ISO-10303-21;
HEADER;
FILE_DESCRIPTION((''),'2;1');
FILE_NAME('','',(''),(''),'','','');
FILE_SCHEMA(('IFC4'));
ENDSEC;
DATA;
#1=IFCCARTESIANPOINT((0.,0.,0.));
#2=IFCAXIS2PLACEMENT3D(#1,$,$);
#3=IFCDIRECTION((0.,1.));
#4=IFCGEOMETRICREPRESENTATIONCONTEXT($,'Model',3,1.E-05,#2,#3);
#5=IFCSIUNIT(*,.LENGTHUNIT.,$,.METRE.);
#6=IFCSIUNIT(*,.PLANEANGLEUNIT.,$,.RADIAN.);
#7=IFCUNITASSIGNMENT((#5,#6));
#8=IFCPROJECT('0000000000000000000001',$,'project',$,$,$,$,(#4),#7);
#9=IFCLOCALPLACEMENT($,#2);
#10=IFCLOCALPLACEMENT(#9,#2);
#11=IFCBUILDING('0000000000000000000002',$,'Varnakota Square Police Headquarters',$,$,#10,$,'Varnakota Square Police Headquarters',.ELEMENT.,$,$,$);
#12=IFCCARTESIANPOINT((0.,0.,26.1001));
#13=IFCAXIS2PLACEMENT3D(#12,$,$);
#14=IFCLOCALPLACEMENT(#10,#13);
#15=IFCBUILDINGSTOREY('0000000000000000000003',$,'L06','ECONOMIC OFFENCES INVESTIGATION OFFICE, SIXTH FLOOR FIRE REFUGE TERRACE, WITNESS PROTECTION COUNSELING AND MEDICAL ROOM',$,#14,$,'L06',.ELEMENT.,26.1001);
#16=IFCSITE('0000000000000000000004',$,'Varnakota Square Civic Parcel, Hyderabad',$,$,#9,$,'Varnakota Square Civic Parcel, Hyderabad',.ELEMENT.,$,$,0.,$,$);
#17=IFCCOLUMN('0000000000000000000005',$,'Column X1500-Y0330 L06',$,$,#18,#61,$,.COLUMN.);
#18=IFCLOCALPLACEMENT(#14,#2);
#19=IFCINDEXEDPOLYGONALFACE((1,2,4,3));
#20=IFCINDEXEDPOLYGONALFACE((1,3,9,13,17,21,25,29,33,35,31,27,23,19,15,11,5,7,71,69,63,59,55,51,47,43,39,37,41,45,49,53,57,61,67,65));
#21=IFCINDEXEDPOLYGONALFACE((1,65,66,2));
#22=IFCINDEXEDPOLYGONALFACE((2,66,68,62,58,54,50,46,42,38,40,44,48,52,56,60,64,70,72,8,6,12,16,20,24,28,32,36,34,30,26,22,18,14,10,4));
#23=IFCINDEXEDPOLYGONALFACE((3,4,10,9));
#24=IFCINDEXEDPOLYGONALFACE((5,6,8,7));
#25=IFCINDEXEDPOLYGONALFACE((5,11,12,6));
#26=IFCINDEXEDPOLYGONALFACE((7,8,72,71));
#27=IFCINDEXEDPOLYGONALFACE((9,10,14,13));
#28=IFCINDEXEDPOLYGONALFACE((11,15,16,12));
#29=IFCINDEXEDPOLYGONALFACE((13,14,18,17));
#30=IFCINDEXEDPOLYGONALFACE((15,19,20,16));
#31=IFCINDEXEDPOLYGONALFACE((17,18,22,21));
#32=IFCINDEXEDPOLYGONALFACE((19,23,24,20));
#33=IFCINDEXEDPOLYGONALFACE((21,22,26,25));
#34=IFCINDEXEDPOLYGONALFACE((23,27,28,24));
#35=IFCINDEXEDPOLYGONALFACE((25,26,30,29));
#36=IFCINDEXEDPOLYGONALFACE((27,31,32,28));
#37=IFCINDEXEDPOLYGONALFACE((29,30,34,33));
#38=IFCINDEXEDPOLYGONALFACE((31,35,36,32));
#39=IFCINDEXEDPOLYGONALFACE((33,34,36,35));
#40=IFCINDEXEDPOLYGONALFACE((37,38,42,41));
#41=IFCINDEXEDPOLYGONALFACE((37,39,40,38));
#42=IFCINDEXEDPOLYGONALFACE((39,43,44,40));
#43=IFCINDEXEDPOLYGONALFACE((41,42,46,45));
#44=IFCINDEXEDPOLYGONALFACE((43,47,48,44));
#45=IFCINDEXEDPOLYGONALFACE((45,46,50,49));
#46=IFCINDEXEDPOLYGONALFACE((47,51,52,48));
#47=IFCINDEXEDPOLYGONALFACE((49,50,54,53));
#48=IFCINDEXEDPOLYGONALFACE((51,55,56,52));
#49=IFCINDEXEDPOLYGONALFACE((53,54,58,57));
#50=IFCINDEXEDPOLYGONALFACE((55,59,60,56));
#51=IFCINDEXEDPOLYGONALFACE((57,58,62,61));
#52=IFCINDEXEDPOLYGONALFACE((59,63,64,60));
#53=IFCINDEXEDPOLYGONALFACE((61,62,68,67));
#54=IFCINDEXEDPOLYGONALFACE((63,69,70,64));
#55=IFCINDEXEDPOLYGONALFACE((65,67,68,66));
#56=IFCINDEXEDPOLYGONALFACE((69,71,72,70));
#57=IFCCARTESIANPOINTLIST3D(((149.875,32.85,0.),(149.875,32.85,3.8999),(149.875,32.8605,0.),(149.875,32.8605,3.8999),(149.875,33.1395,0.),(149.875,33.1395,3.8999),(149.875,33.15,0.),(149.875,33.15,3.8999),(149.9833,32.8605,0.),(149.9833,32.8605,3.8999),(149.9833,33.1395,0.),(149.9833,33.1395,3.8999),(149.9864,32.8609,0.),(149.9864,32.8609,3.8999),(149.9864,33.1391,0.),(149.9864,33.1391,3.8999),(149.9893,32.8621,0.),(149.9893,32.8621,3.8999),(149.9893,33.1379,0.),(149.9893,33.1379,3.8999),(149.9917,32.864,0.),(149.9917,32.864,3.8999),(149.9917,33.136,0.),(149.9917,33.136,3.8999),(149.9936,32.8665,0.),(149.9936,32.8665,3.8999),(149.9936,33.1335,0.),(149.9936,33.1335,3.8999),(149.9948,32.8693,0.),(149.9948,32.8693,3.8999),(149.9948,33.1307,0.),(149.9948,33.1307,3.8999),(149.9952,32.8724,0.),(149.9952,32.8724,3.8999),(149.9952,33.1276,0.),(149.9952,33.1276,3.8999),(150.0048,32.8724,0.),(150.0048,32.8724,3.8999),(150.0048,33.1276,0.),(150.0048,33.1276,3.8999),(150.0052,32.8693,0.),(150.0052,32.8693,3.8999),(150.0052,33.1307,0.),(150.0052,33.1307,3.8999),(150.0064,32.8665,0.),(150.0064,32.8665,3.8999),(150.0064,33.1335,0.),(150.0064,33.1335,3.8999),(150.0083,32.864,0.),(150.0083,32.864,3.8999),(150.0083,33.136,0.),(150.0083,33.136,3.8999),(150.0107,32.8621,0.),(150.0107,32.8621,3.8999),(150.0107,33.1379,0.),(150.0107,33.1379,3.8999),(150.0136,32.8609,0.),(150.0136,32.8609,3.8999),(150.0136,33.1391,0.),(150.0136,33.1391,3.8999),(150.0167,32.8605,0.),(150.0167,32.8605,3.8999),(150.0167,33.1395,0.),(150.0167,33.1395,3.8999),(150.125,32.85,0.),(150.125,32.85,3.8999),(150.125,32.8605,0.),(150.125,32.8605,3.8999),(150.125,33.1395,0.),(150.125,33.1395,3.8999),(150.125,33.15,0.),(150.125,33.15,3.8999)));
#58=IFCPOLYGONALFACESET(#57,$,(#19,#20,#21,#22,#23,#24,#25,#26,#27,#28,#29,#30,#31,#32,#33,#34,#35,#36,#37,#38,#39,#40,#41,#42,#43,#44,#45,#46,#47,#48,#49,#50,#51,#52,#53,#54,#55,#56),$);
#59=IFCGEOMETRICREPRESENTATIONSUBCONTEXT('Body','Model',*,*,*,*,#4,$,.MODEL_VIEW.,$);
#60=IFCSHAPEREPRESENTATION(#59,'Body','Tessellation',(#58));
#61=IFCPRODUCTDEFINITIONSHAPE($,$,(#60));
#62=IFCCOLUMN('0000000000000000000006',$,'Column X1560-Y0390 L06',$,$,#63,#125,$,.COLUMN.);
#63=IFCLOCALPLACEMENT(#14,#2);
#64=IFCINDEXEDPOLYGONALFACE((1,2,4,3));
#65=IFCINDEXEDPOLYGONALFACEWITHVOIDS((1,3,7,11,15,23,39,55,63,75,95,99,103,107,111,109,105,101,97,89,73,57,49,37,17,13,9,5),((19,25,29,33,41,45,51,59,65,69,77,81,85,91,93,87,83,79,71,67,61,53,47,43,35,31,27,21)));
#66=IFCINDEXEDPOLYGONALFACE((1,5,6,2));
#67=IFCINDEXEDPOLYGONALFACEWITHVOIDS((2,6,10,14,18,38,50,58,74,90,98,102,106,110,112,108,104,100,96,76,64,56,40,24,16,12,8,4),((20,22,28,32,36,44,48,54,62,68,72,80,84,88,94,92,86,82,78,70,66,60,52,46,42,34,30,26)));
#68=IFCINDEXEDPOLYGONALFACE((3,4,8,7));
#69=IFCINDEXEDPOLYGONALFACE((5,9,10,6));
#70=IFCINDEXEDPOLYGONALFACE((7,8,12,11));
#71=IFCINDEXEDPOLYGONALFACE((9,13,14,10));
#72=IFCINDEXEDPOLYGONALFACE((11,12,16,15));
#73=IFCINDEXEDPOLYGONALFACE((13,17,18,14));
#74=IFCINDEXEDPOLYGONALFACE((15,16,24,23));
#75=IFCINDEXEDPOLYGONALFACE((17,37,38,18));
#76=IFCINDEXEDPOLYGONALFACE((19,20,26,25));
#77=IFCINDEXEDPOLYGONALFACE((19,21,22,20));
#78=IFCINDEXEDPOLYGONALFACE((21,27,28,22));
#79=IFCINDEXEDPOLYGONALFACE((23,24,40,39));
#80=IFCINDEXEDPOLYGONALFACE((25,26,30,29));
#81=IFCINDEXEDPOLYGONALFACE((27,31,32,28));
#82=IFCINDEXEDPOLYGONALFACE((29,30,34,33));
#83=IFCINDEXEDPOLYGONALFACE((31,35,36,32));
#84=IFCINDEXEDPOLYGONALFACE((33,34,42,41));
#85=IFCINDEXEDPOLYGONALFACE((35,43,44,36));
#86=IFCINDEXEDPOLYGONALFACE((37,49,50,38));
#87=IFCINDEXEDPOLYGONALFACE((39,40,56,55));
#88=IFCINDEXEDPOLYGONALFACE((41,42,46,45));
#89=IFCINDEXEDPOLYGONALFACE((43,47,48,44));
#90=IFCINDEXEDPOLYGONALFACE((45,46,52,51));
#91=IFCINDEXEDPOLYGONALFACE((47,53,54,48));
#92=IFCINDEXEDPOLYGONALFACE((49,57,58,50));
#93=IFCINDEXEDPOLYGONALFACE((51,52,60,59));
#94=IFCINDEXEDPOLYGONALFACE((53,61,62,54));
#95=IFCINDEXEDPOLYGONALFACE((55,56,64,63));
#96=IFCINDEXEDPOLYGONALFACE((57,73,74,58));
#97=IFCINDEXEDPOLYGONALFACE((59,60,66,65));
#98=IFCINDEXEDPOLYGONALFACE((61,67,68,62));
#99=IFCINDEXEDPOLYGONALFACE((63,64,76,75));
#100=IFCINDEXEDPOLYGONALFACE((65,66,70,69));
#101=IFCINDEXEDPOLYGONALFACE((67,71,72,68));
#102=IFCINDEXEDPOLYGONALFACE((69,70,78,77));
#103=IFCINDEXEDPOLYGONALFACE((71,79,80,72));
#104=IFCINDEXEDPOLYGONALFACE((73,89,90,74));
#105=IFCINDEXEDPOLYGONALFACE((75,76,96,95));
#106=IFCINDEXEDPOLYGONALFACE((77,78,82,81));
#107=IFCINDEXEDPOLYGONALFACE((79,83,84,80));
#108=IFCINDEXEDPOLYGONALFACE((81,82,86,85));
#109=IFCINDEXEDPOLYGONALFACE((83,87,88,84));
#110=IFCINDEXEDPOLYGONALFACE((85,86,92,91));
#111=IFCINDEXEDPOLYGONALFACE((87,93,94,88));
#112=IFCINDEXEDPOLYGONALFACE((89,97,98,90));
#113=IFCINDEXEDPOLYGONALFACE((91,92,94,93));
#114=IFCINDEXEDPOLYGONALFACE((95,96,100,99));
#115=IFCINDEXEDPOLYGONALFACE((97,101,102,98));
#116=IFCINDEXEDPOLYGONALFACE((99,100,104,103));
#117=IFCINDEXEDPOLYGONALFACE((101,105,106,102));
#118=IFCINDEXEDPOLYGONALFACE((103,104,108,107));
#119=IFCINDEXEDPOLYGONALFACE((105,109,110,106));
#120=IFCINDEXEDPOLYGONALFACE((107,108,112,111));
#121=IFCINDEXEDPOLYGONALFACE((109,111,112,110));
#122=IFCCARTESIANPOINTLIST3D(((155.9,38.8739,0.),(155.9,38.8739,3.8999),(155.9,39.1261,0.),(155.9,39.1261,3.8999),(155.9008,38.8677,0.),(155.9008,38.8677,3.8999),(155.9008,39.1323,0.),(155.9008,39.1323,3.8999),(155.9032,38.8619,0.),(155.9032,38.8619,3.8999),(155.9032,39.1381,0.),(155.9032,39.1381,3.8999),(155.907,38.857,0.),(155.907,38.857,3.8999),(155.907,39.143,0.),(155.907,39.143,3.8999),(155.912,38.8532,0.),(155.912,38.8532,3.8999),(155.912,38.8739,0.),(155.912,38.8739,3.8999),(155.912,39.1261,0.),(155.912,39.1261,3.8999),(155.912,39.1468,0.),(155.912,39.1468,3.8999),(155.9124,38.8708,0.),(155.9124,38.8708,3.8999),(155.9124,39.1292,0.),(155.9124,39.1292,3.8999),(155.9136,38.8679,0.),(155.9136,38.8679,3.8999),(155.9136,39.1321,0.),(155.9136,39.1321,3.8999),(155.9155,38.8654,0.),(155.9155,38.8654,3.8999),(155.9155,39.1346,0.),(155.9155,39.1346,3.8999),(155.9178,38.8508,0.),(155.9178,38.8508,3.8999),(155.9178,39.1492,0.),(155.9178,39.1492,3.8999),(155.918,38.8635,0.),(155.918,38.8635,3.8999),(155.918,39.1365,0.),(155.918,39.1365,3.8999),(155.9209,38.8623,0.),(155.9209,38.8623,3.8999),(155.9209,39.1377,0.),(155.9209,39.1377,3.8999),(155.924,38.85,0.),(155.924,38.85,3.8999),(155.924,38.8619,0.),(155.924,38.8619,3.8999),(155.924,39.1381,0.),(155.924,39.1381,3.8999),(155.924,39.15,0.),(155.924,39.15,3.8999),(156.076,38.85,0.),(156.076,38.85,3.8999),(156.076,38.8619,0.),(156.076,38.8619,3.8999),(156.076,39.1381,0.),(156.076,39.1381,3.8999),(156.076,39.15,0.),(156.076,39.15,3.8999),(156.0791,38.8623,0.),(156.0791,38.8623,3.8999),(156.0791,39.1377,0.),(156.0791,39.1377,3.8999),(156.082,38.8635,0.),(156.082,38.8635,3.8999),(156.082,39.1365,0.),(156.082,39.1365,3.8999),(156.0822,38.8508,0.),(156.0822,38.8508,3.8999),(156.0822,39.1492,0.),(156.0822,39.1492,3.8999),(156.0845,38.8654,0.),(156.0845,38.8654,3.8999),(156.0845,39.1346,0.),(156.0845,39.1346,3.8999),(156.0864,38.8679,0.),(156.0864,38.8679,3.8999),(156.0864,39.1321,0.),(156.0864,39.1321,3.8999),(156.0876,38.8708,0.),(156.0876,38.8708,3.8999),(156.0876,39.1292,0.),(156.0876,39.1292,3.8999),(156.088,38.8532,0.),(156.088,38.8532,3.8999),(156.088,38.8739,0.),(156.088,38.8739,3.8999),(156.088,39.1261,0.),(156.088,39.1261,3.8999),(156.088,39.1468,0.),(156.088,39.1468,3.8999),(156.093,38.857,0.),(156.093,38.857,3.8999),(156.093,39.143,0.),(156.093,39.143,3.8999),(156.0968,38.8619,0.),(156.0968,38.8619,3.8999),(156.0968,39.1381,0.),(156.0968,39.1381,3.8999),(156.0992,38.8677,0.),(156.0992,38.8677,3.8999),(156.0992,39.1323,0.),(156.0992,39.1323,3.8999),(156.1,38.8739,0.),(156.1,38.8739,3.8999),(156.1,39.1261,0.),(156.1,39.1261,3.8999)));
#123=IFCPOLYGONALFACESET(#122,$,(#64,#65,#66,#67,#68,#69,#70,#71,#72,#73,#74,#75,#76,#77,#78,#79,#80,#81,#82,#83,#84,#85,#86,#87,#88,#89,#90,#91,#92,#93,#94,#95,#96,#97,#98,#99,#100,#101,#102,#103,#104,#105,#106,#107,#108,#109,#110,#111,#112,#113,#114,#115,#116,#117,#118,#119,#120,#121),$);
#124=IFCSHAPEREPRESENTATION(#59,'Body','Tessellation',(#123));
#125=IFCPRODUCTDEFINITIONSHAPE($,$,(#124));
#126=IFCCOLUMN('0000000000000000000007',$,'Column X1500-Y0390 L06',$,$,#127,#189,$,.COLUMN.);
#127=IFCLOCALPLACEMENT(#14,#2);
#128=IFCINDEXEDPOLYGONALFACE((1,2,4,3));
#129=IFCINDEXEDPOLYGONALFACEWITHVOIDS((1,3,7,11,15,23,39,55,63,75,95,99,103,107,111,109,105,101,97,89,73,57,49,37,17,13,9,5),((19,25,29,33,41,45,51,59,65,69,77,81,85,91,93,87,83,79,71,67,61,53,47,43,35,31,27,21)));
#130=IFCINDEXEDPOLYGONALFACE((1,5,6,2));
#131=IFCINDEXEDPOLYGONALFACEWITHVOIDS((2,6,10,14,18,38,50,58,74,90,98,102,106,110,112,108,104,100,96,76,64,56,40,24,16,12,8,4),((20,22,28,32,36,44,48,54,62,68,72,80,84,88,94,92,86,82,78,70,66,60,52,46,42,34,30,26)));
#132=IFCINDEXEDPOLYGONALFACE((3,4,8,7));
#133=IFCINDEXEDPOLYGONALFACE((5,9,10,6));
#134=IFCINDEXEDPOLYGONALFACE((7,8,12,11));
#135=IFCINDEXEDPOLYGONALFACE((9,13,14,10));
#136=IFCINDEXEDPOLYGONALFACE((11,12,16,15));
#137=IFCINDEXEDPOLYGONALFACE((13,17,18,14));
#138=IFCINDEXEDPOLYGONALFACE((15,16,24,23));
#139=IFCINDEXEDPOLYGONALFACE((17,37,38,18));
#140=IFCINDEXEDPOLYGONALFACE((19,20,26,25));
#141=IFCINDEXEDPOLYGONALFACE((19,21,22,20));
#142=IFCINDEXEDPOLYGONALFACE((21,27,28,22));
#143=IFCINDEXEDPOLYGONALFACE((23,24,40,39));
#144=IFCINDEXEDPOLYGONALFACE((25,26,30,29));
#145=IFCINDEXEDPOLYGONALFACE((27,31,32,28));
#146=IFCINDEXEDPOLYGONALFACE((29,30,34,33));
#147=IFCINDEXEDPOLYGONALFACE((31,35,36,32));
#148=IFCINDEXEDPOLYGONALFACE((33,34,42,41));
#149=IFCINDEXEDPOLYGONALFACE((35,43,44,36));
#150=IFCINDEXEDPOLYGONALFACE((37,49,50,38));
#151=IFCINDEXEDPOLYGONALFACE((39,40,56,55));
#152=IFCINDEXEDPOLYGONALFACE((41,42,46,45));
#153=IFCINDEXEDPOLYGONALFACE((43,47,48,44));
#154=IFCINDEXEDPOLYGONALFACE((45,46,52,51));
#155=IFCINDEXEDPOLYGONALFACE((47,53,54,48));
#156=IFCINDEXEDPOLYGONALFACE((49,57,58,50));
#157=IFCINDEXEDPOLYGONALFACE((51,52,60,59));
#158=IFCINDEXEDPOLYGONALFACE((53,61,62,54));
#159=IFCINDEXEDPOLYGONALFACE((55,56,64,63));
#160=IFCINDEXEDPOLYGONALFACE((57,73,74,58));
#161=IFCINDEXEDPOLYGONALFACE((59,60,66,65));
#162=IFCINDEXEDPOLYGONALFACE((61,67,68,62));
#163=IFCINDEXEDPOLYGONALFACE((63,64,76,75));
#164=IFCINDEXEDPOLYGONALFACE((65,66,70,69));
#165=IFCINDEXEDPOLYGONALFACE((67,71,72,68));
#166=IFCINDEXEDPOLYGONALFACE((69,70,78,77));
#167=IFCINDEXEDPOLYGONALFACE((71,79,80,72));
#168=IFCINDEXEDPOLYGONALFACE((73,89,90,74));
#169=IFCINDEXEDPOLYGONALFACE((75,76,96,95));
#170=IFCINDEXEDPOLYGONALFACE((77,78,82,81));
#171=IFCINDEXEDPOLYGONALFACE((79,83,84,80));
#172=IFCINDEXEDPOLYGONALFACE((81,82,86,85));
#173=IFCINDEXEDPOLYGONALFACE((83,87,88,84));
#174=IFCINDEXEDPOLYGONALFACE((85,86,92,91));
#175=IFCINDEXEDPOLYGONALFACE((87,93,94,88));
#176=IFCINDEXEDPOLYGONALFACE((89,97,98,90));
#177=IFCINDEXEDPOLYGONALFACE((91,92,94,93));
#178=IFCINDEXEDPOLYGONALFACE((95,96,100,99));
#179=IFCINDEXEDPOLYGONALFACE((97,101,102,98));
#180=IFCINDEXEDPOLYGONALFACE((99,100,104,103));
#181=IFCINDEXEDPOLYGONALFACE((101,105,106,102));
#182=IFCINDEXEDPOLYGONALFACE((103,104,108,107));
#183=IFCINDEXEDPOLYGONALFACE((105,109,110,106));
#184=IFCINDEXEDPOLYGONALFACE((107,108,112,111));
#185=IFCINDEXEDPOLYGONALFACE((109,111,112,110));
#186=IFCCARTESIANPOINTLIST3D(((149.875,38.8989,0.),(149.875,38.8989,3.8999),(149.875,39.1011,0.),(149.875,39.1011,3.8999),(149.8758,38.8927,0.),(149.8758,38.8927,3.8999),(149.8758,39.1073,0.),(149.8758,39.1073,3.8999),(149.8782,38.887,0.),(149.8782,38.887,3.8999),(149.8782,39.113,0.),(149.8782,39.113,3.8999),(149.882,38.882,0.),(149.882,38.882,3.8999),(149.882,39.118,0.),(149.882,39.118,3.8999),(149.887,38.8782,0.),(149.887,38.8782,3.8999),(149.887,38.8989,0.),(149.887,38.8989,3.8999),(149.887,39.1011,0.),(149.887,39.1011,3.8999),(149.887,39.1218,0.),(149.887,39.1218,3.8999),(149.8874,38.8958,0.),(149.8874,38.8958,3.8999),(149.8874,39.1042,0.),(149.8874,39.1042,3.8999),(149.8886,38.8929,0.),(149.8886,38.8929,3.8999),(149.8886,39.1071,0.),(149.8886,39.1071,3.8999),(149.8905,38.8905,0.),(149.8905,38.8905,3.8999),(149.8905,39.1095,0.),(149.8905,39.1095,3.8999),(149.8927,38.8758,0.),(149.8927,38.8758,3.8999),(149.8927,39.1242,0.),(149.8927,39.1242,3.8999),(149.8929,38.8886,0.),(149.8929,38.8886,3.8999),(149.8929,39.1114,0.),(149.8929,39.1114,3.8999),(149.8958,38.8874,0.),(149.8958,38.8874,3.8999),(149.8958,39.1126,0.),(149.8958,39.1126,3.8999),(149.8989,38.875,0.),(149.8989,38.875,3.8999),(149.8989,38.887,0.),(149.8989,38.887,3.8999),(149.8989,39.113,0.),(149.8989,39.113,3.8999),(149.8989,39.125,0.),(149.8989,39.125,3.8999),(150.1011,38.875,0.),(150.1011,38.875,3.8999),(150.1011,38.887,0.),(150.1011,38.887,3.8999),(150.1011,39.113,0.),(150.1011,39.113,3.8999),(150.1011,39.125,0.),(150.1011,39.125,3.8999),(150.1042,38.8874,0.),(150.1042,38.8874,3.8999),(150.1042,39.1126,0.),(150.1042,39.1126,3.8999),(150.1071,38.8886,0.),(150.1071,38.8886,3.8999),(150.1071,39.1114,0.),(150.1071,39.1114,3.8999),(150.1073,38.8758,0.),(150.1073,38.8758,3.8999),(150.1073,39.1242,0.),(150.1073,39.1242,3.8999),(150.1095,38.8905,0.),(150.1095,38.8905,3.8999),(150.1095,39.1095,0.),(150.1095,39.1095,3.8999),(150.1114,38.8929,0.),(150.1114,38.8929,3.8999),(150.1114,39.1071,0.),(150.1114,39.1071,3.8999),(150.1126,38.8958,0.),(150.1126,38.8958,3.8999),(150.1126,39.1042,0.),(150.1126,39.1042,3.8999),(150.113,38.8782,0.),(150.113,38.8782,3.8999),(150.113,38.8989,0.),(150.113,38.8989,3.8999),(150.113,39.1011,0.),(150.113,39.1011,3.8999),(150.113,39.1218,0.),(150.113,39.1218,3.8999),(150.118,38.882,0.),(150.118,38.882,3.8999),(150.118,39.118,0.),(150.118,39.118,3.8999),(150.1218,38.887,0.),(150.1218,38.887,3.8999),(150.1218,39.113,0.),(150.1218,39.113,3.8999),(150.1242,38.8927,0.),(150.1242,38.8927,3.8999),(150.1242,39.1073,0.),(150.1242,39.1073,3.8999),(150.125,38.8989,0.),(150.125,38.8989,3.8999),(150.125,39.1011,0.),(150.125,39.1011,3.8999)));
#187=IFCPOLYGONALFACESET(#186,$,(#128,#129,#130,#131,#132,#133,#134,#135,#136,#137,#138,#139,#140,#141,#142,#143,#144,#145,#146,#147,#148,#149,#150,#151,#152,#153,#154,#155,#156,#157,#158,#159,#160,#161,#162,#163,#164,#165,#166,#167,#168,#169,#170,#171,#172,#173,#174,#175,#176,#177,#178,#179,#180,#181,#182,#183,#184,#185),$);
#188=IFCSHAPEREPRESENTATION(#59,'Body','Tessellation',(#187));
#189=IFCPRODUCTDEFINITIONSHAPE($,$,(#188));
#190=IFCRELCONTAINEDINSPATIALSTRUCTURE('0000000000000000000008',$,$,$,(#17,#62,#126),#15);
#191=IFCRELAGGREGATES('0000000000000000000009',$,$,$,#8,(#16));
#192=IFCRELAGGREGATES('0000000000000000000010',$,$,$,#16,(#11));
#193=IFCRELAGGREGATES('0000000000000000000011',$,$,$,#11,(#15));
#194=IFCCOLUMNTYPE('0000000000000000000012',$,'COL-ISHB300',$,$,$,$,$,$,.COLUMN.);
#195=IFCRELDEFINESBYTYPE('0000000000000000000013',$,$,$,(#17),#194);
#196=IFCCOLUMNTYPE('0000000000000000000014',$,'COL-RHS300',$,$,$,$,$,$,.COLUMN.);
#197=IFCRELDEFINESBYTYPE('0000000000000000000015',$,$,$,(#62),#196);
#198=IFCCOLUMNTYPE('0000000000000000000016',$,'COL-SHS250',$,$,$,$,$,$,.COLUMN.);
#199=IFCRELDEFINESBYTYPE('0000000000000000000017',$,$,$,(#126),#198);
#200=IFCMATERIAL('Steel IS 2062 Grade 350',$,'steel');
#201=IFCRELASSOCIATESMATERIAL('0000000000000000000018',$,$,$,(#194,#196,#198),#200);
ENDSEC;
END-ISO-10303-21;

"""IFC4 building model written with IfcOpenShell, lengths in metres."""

from ifc_helpers import new_model, si_unit, direction, frame, origin, origin_2d, place, context, subcontext, project, spatial, hollow_rectangle, i_section, extrude, material, material_profile, profile_set, type_object, element, save


model = new_model("IFC4")

# Units and contexts
model_context = context("Model", 3, precision=1e-05, world=origin(), true_north=direction((0.0, 1.0)))
body_context = subcontext(model_context, "Body", "Model", "MODEL_VIEW")
ifc_project = project(units=[si_unit("LENGTHUNIT", "METRE"), si_unit("PLANEANGLEUNIT", "RADIAN")], contexts=[model_context])

# Site, building, storey
site_placement = place(None, origin())
site = spatial("IfcSite", under=ifc_project, at=site_placement, Name="Varnakota Square Civic Parcel, Hyderabad", LongName="Varnakota Square Civic Parcel, Hyderabad", CompositionType="ELEMENT", RefElevation=0.0)
building_placement = place(site_placement, origin())
building = spatial("IfcBuilding", under=site, at=building_placement, Name="Varnakota Square Police Headquarters", LongName="Varnakota Square Police Headquarters", CompositionType="ELEMENT")
storey_placement = place(building_placement, frame((0.0, 0.0, 26.1001)))
storey = spatial("IfcBuildingStorey", under=building, at=storey_placement, Name="L06", Description="ECONOMIC OFFENCES INVESTIGATION OFFICE, SIXTH FLOOR FIRE REFUGE TERRACE, WITNESS PROTECTION COUNSELING AND MEDICAL ROOM", LongName="L06", CompositionType="ELEMENT", Elevation=26.1001)

# Columns
ifc_material_1 = material(Name="Steel IS 2062 Grade 350", Category="steel")
ifc_material_profile_1 = material_profile(ifc_material_1, i_section(OverallWidth=0.25, OverallDepth=0.3, WebThickness=0.0095, FlangeThickness=0.0105, FilletRadius=0.012, at=origin_2d()), Name="ISHB 300")
ifc_profile_set_1 = profile_set([ifc_material_profile_1], Name="Steel IS 2062 Grade 350")
column_type_1 = type_object("IfcColumnType", Name="COL-ISHB300", PredefinedType="COLUMN", material=ifc_profile_set_1)
column_1_placement = place(storey_placement, frame((150.0, 33.0, 0.0), z_axis=(0.0, 0.0, 1.0), x_axis=(1.0, 0.0, 0.0)))
element("IfcColumn", 1, at=column_1_placement, inside=storey, type_object=column_type_1, Name="Column X1500-Y0330 L06", PredefinedType="COLUMN", context=body_context, shape_type="SweptSolid", body=[
    extrude(i_section(OverallWidth=0.25, OverallDepth=0.3, WebThickness=0.0095, FlangeThickness=0.0105, FilletRadius=0.012, at=origin_2d()), origin(), (0.0, 0.0, 1.0), 3.8999),
])
ifc_material_profile_2 = material_profile(ifc_material_1, hollow_rectangle(XDim=0.2, YDim=0.3, WallThickness=0.012, InnerFilletRadius=0.012, OuterFilletRadius=0.0239, at=origin_2d()), Name="RHS 300x200x12")
ifc_profile_set_2 = profile_set([ifc_material_profile_2], Name="Steel IS 2062 Grade 350")
column_type_2 = type_object("IfcColumnType", Name="COL-RHS300", PredefinedType="COLUMN", material=ifc_profile_set_2)
column_2_placement = place(storey_placement, frame((156.0, 39.0, 0.0), z_axis=(0.0, 0.0, 1.0), x_axis=(1.0, 0.0, 0.0)))
element("IfcColumn", 2, at=column_2_placement, inside=storey, type_object=column_type_2, Name="Column X1560-Y0390 L06", PredefinedType="COLUMN", context=body_context, shape_type="SweptSolid", body=[
    extrude(hollow_rectangle(XDim=0.2, YDim=0.3, WallThickness=0.012, InnerFilletRadius=0.012, OuterFilletRadius=0.0239, at=origin_2d()), origin(), (0.0, 0.0, 1.0), 3.8999),
])
ifc_material_profile_3 = material_profile(ifc_material_1, hollow_rectangle(XDim=0.25, YDim=0.25, WallThickness=0.012, InnerFilletRadius=0.012, OuterFilletRadius=0.0239, at=origin_2d()), Name="SHS 250x250x12")
ifc_profile_set_3 = profile_set([ifc_material_profile_3], Name="Steel IS 2062 Grade 350")
column_type_3 = type_object("IfcColumnType", Name="COL-SHS250", PredefinedType="COLUMN", material=ifc_profile_set_3)
for number, where, z_axis, x_axis, name in (
    (3, (150.0, 39.0, 0.0), (0.0, 0.0, 1.0), (1.0, 0.0, 0.0), "Column X1500-Y0390 L06"),
):
    element("IfcColumn", number, at=place(storey_placement, frame(where, z_axis=z_axis, x_axis=x_axis)), inside=storey, type_object=column_type_3, Name=name, PredefinedType="COLUMN", context=body_context, shape_type="SweptSolid", body=[
        extrude(hollow_rectangle(XDim=0.25, YDim=0.25, WallThickness=0.012, InnerFilletRadius=0.012, OuterFilletRadius=0.0239, at=origin_2d()), origin(), (0.0, 0.0, 1.0), 3.8999),
    ])

save(model, "model.ifc")
